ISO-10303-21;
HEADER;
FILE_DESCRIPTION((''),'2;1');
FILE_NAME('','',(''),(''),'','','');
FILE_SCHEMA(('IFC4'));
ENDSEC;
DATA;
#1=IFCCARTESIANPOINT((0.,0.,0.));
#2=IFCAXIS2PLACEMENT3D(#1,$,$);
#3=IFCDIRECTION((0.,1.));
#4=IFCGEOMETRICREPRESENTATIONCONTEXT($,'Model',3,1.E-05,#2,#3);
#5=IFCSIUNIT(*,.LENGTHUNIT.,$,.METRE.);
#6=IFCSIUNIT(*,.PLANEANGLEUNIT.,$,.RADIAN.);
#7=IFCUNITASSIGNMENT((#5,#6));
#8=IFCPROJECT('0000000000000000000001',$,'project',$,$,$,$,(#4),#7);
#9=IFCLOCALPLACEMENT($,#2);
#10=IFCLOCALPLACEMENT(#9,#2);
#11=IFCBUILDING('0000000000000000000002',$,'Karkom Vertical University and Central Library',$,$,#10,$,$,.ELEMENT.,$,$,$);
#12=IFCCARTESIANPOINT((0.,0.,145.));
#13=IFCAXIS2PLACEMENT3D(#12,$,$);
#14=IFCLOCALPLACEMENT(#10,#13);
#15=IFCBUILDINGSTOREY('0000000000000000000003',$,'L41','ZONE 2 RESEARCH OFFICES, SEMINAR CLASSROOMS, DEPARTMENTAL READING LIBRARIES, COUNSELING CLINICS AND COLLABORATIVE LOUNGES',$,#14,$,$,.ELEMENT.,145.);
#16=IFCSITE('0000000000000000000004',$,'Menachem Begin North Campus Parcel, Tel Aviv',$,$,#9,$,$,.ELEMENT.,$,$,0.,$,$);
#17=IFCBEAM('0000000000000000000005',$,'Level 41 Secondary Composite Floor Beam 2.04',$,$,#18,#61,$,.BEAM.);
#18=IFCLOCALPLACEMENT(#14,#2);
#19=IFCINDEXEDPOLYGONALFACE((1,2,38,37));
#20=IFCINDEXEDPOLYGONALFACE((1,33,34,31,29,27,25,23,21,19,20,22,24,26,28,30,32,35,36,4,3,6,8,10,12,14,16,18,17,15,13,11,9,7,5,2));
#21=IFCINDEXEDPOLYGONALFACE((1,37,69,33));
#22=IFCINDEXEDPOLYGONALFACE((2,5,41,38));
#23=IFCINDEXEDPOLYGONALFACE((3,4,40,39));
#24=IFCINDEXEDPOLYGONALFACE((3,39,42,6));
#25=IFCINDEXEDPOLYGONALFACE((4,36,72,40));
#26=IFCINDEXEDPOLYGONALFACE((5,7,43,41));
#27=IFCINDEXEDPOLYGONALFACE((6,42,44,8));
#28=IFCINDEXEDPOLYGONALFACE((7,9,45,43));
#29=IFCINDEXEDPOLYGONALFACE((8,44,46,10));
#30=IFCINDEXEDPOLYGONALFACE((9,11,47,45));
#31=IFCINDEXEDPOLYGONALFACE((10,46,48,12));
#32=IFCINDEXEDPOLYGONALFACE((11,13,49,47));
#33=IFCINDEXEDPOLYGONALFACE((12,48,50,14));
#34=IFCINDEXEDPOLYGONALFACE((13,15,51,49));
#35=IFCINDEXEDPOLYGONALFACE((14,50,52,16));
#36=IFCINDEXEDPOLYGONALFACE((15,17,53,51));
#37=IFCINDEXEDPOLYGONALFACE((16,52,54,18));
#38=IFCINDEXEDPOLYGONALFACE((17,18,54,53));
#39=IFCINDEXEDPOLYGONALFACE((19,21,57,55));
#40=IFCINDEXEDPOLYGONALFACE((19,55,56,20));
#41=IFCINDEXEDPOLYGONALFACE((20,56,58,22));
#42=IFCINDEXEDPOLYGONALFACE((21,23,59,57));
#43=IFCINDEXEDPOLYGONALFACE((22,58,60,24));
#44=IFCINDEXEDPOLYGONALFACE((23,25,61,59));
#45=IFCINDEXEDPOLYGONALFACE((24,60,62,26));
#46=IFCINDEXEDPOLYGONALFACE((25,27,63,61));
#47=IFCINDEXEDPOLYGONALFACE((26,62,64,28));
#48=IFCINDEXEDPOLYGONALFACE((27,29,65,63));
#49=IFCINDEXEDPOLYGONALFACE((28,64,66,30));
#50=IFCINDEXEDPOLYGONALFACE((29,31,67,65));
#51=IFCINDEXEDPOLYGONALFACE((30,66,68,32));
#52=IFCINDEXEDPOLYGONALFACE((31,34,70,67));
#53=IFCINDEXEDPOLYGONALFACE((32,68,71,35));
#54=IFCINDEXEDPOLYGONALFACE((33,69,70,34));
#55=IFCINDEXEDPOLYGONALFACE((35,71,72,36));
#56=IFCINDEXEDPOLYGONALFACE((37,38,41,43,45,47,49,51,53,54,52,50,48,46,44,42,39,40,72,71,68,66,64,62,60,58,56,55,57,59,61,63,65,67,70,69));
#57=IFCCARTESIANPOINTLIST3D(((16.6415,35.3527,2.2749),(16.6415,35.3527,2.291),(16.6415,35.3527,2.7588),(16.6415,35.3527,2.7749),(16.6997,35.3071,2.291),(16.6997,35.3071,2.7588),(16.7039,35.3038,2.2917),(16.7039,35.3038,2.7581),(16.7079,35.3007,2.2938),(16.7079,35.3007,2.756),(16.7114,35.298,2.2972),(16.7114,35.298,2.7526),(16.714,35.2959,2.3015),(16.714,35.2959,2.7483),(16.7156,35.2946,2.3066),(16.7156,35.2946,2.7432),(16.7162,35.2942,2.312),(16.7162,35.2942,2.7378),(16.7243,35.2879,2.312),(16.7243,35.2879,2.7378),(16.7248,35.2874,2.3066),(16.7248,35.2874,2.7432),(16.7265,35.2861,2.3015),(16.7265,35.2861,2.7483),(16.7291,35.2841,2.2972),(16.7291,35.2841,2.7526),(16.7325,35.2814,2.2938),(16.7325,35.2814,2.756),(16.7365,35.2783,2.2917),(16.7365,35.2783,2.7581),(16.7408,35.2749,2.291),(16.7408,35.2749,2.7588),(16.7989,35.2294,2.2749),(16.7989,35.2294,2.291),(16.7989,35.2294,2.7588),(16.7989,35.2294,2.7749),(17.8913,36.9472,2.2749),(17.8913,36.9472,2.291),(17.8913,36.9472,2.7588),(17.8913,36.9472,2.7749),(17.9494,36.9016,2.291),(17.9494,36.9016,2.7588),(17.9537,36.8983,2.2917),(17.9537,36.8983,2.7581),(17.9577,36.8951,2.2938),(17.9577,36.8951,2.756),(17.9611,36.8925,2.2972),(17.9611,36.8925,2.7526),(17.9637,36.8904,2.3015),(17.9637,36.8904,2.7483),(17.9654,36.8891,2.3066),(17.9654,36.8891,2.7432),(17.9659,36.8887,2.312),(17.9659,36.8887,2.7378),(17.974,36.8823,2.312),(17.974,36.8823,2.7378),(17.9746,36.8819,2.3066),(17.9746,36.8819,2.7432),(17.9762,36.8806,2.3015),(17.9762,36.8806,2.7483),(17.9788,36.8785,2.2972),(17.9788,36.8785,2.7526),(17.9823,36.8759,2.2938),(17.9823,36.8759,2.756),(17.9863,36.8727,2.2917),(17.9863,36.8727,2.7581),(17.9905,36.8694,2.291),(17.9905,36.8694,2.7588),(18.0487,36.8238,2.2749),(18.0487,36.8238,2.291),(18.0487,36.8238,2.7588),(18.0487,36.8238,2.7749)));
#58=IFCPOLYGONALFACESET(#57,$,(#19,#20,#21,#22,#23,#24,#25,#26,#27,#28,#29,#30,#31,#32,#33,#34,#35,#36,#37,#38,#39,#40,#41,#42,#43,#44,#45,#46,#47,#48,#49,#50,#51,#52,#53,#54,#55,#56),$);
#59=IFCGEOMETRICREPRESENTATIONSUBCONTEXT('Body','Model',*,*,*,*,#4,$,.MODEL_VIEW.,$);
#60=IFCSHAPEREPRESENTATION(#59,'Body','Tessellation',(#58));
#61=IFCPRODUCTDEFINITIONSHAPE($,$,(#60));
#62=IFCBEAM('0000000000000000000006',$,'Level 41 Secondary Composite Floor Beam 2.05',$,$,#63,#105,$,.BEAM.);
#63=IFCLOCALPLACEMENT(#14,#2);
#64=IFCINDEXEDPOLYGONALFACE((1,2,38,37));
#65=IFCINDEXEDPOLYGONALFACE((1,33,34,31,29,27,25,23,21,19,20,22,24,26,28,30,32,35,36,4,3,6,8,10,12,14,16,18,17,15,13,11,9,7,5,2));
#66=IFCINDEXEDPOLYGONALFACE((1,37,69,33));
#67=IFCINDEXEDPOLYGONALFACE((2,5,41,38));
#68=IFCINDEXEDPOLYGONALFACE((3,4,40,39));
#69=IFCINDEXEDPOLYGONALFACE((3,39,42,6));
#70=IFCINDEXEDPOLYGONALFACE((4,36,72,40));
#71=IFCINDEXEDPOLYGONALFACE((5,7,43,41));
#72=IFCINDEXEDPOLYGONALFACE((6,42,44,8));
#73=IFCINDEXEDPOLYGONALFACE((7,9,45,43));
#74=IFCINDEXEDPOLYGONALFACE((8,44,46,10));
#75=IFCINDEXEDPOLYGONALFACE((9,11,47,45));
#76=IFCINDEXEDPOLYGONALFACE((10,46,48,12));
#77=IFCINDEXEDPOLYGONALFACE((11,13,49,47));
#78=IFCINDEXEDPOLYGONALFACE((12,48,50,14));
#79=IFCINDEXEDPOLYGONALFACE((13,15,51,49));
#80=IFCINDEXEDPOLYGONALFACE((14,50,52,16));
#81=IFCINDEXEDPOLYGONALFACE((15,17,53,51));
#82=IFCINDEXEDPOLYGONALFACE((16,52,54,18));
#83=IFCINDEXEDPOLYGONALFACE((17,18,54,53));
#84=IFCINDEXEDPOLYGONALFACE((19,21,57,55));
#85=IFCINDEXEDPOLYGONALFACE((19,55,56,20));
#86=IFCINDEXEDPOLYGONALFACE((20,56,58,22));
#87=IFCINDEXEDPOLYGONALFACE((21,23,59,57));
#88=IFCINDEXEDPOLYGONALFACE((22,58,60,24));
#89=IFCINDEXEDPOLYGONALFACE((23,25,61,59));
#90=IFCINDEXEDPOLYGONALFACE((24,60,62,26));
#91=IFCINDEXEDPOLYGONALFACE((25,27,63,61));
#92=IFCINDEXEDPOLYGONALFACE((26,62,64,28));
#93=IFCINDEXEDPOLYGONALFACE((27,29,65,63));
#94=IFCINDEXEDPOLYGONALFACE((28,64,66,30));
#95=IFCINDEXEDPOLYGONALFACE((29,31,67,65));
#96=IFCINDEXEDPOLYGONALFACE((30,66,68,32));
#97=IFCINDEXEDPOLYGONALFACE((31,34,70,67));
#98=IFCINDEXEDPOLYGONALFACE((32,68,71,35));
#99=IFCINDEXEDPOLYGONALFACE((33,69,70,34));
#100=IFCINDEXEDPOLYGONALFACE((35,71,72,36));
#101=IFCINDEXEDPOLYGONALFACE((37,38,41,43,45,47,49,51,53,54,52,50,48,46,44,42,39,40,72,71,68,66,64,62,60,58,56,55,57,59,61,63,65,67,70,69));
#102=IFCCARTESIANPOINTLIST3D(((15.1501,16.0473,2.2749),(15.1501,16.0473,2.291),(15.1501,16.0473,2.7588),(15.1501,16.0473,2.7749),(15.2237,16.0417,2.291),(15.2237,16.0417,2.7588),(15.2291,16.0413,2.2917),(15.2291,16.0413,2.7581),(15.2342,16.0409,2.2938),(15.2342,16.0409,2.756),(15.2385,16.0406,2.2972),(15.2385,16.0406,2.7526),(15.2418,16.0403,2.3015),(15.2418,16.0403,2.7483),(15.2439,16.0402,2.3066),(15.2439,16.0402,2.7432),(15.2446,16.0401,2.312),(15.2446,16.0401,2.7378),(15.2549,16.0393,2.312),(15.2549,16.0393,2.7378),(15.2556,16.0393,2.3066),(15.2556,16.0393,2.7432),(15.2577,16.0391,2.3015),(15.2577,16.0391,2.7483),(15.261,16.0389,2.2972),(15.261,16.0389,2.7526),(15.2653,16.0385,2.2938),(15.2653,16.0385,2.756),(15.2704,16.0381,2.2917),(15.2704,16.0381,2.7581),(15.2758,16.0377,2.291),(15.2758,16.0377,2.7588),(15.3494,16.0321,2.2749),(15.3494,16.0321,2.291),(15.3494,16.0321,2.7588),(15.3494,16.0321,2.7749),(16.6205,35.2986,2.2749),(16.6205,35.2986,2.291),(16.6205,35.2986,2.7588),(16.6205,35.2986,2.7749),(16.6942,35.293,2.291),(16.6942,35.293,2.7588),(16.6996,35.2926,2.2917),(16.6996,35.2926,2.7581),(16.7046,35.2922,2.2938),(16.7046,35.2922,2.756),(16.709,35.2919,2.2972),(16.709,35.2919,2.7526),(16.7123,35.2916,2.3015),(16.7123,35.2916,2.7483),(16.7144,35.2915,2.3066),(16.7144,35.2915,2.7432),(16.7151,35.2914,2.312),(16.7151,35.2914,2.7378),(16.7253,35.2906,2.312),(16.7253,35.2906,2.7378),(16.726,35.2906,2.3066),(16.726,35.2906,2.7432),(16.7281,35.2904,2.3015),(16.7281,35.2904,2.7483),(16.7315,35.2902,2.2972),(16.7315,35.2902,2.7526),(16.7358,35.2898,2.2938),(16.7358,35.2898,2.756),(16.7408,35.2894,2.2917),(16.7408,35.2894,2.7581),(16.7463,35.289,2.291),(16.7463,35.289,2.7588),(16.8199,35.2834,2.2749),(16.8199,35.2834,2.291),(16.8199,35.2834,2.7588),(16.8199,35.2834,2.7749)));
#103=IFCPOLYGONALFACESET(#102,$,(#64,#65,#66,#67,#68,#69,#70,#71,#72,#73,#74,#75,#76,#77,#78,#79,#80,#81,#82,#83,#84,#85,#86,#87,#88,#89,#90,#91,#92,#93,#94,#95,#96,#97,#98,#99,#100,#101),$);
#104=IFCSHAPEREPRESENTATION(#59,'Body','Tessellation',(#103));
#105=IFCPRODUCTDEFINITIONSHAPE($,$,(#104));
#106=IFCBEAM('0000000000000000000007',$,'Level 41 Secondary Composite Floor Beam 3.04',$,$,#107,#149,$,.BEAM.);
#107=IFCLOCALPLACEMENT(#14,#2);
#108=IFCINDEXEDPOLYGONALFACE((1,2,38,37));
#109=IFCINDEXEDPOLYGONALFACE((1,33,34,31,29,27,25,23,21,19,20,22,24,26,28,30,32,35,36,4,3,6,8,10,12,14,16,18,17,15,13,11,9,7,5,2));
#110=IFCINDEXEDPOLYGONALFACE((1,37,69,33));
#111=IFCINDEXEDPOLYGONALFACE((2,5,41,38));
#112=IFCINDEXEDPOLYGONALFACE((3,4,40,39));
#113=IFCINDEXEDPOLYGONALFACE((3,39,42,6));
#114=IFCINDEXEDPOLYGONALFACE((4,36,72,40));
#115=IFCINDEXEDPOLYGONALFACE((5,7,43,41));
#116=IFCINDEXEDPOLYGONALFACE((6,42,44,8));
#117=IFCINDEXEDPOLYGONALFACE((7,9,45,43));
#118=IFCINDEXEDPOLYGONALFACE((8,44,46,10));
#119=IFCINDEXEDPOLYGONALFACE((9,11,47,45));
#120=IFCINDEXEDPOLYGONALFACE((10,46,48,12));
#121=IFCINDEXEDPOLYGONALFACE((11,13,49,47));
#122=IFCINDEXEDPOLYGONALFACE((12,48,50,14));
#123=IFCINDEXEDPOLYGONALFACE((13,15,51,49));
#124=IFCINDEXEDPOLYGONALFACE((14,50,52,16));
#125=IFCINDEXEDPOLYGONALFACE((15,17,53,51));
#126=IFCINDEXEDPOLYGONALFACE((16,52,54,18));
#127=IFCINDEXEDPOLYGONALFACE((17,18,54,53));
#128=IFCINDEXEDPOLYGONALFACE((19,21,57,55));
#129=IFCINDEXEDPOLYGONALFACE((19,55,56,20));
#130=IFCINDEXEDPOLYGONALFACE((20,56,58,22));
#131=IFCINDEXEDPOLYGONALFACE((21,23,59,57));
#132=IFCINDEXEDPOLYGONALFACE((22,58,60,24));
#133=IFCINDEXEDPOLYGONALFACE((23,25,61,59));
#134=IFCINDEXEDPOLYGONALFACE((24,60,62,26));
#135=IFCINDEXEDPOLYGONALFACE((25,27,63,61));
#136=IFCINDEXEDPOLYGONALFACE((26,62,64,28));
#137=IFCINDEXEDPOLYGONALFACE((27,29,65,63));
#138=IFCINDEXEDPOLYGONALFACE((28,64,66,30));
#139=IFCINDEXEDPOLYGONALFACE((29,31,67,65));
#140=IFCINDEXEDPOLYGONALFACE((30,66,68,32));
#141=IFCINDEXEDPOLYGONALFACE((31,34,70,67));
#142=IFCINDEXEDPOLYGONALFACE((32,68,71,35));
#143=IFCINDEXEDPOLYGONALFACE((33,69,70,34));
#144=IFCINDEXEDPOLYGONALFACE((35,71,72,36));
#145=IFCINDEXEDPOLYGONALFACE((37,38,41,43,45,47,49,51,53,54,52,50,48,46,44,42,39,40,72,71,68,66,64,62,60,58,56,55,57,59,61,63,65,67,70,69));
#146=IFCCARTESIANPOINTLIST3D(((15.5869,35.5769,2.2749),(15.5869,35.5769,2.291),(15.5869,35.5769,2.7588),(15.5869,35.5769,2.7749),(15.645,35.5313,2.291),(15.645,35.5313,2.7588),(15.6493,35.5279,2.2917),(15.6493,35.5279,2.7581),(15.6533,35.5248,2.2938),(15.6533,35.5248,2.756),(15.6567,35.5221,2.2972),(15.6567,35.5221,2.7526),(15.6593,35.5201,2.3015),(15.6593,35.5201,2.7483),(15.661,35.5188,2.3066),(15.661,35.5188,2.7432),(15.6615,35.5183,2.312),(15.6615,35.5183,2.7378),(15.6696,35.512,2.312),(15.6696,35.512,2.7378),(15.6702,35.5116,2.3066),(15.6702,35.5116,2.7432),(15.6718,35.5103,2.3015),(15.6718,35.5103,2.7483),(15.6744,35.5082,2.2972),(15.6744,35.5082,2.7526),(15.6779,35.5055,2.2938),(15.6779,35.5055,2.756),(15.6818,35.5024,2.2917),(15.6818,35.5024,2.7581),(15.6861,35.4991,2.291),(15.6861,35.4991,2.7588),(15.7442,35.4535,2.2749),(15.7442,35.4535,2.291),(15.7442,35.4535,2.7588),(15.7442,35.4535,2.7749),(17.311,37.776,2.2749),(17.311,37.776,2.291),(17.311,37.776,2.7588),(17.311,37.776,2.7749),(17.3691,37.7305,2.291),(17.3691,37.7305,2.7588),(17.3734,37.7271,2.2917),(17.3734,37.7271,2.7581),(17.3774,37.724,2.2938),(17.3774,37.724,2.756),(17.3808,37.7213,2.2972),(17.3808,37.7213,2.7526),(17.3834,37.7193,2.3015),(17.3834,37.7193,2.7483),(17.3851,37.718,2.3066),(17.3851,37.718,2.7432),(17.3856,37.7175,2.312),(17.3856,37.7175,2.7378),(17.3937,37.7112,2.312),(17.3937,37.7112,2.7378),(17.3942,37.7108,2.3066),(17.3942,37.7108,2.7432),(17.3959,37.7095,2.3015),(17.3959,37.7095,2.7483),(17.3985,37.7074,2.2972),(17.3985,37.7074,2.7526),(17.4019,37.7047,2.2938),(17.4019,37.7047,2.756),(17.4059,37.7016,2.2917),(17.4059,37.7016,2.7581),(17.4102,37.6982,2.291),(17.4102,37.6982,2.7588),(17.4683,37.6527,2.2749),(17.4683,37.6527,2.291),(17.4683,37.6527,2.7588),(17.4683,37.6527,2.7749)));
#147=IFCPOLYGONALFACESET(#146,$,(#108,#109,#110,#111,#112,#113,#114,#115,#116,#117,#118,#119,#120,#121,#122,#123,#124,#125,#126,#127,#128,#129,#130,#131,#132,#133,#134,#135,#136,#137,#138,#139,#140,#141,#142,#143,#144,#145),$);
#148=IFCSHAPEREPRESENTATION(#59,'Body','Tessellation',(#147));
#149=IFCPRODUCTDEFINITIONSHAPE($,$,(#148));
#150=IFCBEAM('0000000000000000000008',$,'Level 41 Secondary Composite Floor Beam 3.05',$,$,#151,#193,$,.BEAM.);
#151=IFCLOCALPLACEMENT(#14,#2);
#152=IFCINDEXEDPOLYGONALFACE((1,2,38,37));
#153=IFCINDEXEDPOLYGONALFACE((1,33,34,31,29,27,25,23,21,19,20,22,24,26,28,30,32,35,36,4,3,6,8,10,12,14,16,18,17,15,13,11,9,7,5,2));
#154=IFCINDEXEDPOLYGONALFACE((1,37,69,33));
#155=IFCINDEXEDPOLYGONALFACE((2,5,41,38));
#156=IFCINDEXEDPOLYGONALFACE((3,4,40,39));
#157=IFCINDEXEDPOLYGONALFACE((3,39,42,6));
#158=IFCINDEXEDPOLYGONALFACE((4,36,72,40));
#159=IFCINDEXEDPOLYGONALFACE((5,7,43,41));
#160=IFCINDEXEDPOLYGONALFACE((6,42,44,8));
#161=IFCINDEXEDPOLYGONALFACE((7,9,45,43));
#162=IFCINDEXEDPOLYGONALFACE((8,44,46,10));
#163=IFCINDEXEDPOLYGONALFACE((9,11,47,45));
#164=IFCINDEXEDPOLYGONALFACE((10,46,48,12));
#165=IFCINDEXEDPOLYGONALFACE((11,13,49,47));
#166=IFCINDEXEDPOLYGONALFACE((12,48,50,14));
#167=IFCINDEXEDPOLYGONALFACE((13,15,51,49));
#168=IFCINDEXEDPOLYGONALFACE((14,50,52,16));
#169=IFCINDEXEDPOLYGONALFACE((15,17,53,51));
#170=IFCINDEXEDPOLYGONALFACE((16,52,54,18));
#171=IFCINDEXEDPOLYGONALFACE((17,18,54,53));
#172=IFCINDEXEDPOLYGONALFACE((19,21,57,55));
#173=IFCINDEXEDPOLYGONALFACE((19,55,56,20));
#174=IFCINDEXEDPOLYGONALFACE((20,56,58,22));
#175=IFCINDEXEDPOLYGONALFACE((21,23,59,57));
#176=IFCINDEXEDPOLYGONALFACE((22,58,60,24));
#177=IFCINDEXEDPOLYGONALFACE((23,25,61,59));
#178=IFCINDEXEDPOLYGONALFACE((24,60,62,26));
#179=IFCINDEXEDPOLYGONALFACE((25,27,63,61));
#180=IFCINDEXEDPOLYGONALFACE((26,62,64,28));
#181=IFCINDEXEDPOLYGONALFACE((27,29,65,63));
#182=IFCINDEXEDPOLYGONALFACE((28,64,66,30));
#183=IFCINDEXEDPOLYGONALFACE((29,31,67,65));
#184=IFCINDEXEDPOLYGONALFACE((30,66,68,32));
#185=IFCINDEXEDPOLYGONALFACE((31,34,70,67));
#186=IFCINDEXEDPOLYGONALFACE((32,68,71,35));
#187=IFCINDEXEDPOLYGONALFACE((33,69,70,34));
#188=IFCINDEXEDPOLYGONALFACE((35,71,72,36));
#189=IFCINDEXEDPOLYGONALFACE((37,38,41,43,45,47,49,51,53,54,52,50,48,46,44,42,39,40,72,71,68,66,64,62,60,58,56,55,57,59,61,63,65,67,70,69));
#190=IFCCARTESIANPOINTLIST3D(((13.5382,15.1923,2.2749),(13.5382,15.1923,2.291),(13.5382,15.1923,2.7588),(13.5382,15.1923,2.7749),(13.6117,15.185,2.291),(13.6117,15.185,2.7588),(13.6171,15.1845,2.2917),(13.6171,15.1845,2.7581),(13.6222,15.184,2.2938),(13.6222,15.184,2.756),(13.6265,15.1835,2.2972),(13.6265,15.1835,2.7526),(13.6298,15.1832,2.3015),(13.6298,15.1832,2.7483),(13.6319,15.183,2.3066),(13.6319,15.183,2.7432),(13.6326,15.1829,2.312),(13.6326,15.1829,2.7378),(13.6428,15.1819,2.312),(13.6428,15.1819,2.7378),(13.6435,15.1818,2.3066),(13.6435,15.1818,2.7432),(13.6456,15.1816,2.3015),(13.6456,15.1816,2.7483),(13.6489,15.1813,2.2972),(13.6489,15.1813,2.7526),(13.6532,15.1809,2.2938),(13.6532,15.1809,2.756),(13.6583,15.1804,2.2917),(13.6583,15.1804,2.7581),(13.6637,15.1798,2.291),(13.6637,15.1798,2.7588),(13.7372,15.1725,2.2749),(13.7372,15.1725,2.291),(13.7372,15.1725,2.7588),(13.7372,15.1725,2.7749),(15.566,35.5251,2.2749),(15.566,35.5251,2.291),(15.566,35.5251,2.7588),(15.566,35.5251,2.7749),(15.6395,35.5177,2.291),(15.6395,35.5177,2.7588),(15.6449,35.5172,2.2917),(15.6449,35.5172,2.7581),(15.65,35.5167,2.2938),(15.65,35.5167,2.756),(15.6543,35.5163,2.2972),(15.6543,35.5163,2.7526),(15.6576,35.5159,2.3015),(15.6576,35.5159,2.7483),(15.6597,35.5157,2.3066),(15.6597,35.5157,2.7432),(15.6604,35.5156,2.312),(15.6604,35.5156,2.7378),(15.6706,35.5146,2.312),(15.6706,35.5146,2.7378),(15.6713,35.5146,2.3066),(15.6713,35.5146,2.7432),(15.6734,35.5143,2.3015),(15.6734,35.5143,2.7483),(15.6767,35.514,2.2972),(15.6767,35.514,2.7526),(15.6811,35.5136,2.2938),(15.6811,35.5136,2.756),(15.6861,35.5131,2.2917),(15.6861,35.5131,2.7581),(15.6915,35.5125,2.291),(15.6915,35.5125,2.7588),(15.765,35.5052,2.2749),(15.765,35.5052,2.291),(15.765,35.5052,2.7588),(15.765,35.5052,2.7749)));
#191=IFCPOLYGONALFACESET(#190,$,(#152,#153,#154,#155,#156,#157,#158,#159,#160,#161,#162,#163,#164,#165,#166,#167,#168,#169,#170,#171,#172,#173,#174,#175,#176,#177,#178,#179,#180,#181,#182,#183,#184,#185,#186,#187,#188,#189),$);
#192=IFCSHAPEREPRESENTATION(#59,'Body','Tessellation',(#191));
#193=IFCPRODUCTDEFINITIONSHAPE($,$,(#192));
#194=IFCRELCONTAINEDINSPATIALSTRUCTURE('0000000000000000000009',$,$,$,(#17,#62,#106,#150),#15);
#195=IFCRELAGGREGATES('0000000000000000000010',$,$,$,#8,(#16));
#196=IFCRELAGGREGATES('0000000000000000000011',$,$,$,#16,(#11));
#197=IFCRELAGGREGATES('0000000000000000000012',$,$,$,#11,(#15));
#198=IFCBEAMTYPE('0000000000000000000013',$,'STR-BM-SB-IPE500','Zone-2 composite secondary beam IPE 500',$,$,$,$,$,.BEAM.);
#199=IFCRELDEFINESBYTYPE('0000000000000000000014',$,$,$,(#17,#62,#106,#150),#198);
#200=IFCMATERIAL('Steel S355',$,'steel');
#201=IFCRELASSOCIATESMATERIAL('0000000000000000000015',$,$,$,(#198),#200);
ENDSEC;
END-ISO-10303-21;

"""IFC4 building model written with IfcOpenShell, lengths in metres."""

from ifc_helpers import new_model, si_unit, direction, frame, origin, origin_with_axes, origin_2d, place, context, subcontext, project, spatial, i_section, extrude, source, transform, mapped, material, material_profile, profile_set, type_object, element, save


model = new_model("IFC4")

# Units and contexts
model_context = context("Model", 3, precision=1e-05, world=origin(), true_north=direction((0.0, 1.0)))
body_context = subcontext(model_context, "Body", "Model", "MODEL_VIEW")
ifc_project = project(units=[si_unit("LENGTHUNIT", "METRE"), si_unit("PLANEANGLEUNIT", "RADIAN")], contexts=[model_context])

# Site, building, storey
site_placement = place(None, origin())
site = spatial("IfcSite", under=ifc_project, at=site_placement, Name="Menachem Begin North Campus Parcel, Tel Aviv", CompositionType="ELEMENT", RefElevation=0.0)
building_placement = place(site_placement, origin())
building = spatial("IfcBuilding", under=site, at=building_placement, Name="Karkom Vertical University and Central Library", CompositionType="ELEMENT")
storey_placement = place(building_placement, frame((0.0, 0.0, 145.0)))
storey = spatial("IfcBuildingStorey", under=building, at=storey_placement, Name="L41", Description="ZONE 2 RESEARCH OFFICES, SEMINAR CLASSROOMS, DEPARTMENTAL READING LIBRARIES, COUNSELING CLINICS AND COLLABORATIVE LOUNGES", CompositionType="ELEMENT", Elevation=145.0)

# Beams
ifc_material_1 = material(Name="Steel S355", Category="steel")
ifc_material_profile_1 = material_profile(ifc_material_1, i_section(OverallWidth=0.2, OverallDepth=0.5, WebThickness=0.0103, FlangeThickness=0.0161, FilletRadius=0.021, at=origin_2d()), Name="IPE 500")
ifc_profile_set_1 = profile_set([ifc_material_profile_1], Name="Steel S355")
beam_type_1 = type_object("IfcBeamType", Name="STR-BM-SB-IPE500", Description="Zone-2 composite secondary beam IPE 500", PredefinedType="BEAM", material=ifc_profile_set_1)
shared_shape_1 = source(origin_with_axes(), body_context, "Body", "SweptSolid", [
    extrude(i_section(OverallWidth=0.2, OverallDepth=0.5, WebThickness=0.0103, FlangeThickness=0.0161, FilletRadius=0.021, at=origin_2d()), origin(), (0.0, 0.0, 1.0), 2.0259),
])
beam_1_placement = place(storey_placement, frame((17.97, 36.8855, 2.5249), z_axis=(-0.61689, -0.78705, 0.0), x_axis=(0.78705, -0.61689, 0.0)))
element("IfcBeam", 1, at=beam_1_placement, inside=storey, type_object=beam_type_1, Name="Level 41 Secondary Composite Floor Beam 2.04", PredefinedType="BEAM", context=body_context, shape_type="MappedRepresentation", body=[
    mapped(shared_shape_1, transform((0.0, 0.0, 0.0), scale=1.0)),
])
shared_shape_2 = source(origin_with_axes(), body_context, "Body", "SweptSolid", [
    extrude(i_section(OverallWidth=0.2, OverallDepth=0.5, WebThickness=0.0103, FlangeThickness=0.0161, FilletRadius=0.021, at=origin_2d()), origin(), (0.0, 0.0, 1.0), 19.3074),
])
beam_2_placement = place(storey_placement, frame((16.7202, 35.291, 2.5249), z_axis=(-0.076161, -0.997096, 0.0), x_axis=(0.997096, -0.076161, 0.0)))
element("IfcBeam", 2, at=beam_2_placement, inside=storey, type_object=beam_type_1, Name="Level 41 Secondary Composite Floor Beam 2.05", PredefinedType="BEAM", context=body_context, shape_type="MappedRepresentation", body=[
    mapped(shared_shape_2, transform((0.0, 0.0, 0.0), scale=1.0)),
])
shared_shape_3 = source(origin_with_axes(), body_context, "Body", "SweptSolid", [
    extrude(i_section(OverallWidth=0.2, OverallDepth=0.5, WebThickness=0.0103, FlangeThickness=0.0161, FilletRadius=0.021, at=origin_2d()), origin(), (0.0, 0.0, 1.0), 2.7944),
])
beam_3_placement = place(storey_placement, frame((17.3896, 37.7144, 2.5249), z_axis=(-0.616972, -0.786985, 0.0), x_axis=(0.786985, -0.616972, 0.0)))
element("IfcBeam", 3, at=beam_3_placement, inside=storey, type_object=beam_type_1, Name="Level 41 Secondary Composite Floor Beam 3.04", PredefinedType="BEAM", context=body_context, shape_type="MappedRepresentation", body=[
    mapped(shared_shape_3, transform((0.0, 0.0, 0.0), scale=1.0)),
])
shared_shape_4 = source(origin_with_axes(), body_context, "Body", "SweptSolid", [
    extrude(i_section(OverallWidth=0.2, OverallDepth=0.5, WebThickness=0.0103, FlangeThickness=0.0161, FilletRadius=0.021, at=origin_2d()), origin(), (0.0, 0.0, 1.0), 20.4336),
])
beam_4_placement = place(storey_placement, frame((15.6655, 35.5151, 2.5249), z_axis=(-0.09924, -0.995064, 0.0), x_axis=(0.995064, -0.09924, 0.0)))
element("IfcBeam", 4, at=beam_4_placement, inside=storey, type_object=beam_type_1, Name="Level 41 Secondary Composite Floor Beam 3.05", PredefinedType="BEAM", context=body_context, shape_type="MappedRepresentation", body=[
    mapped(shared_shape_4, transform((0.0, 0.0, 0.0), scale=1.0)),
])

save(model, "model.ifc")
